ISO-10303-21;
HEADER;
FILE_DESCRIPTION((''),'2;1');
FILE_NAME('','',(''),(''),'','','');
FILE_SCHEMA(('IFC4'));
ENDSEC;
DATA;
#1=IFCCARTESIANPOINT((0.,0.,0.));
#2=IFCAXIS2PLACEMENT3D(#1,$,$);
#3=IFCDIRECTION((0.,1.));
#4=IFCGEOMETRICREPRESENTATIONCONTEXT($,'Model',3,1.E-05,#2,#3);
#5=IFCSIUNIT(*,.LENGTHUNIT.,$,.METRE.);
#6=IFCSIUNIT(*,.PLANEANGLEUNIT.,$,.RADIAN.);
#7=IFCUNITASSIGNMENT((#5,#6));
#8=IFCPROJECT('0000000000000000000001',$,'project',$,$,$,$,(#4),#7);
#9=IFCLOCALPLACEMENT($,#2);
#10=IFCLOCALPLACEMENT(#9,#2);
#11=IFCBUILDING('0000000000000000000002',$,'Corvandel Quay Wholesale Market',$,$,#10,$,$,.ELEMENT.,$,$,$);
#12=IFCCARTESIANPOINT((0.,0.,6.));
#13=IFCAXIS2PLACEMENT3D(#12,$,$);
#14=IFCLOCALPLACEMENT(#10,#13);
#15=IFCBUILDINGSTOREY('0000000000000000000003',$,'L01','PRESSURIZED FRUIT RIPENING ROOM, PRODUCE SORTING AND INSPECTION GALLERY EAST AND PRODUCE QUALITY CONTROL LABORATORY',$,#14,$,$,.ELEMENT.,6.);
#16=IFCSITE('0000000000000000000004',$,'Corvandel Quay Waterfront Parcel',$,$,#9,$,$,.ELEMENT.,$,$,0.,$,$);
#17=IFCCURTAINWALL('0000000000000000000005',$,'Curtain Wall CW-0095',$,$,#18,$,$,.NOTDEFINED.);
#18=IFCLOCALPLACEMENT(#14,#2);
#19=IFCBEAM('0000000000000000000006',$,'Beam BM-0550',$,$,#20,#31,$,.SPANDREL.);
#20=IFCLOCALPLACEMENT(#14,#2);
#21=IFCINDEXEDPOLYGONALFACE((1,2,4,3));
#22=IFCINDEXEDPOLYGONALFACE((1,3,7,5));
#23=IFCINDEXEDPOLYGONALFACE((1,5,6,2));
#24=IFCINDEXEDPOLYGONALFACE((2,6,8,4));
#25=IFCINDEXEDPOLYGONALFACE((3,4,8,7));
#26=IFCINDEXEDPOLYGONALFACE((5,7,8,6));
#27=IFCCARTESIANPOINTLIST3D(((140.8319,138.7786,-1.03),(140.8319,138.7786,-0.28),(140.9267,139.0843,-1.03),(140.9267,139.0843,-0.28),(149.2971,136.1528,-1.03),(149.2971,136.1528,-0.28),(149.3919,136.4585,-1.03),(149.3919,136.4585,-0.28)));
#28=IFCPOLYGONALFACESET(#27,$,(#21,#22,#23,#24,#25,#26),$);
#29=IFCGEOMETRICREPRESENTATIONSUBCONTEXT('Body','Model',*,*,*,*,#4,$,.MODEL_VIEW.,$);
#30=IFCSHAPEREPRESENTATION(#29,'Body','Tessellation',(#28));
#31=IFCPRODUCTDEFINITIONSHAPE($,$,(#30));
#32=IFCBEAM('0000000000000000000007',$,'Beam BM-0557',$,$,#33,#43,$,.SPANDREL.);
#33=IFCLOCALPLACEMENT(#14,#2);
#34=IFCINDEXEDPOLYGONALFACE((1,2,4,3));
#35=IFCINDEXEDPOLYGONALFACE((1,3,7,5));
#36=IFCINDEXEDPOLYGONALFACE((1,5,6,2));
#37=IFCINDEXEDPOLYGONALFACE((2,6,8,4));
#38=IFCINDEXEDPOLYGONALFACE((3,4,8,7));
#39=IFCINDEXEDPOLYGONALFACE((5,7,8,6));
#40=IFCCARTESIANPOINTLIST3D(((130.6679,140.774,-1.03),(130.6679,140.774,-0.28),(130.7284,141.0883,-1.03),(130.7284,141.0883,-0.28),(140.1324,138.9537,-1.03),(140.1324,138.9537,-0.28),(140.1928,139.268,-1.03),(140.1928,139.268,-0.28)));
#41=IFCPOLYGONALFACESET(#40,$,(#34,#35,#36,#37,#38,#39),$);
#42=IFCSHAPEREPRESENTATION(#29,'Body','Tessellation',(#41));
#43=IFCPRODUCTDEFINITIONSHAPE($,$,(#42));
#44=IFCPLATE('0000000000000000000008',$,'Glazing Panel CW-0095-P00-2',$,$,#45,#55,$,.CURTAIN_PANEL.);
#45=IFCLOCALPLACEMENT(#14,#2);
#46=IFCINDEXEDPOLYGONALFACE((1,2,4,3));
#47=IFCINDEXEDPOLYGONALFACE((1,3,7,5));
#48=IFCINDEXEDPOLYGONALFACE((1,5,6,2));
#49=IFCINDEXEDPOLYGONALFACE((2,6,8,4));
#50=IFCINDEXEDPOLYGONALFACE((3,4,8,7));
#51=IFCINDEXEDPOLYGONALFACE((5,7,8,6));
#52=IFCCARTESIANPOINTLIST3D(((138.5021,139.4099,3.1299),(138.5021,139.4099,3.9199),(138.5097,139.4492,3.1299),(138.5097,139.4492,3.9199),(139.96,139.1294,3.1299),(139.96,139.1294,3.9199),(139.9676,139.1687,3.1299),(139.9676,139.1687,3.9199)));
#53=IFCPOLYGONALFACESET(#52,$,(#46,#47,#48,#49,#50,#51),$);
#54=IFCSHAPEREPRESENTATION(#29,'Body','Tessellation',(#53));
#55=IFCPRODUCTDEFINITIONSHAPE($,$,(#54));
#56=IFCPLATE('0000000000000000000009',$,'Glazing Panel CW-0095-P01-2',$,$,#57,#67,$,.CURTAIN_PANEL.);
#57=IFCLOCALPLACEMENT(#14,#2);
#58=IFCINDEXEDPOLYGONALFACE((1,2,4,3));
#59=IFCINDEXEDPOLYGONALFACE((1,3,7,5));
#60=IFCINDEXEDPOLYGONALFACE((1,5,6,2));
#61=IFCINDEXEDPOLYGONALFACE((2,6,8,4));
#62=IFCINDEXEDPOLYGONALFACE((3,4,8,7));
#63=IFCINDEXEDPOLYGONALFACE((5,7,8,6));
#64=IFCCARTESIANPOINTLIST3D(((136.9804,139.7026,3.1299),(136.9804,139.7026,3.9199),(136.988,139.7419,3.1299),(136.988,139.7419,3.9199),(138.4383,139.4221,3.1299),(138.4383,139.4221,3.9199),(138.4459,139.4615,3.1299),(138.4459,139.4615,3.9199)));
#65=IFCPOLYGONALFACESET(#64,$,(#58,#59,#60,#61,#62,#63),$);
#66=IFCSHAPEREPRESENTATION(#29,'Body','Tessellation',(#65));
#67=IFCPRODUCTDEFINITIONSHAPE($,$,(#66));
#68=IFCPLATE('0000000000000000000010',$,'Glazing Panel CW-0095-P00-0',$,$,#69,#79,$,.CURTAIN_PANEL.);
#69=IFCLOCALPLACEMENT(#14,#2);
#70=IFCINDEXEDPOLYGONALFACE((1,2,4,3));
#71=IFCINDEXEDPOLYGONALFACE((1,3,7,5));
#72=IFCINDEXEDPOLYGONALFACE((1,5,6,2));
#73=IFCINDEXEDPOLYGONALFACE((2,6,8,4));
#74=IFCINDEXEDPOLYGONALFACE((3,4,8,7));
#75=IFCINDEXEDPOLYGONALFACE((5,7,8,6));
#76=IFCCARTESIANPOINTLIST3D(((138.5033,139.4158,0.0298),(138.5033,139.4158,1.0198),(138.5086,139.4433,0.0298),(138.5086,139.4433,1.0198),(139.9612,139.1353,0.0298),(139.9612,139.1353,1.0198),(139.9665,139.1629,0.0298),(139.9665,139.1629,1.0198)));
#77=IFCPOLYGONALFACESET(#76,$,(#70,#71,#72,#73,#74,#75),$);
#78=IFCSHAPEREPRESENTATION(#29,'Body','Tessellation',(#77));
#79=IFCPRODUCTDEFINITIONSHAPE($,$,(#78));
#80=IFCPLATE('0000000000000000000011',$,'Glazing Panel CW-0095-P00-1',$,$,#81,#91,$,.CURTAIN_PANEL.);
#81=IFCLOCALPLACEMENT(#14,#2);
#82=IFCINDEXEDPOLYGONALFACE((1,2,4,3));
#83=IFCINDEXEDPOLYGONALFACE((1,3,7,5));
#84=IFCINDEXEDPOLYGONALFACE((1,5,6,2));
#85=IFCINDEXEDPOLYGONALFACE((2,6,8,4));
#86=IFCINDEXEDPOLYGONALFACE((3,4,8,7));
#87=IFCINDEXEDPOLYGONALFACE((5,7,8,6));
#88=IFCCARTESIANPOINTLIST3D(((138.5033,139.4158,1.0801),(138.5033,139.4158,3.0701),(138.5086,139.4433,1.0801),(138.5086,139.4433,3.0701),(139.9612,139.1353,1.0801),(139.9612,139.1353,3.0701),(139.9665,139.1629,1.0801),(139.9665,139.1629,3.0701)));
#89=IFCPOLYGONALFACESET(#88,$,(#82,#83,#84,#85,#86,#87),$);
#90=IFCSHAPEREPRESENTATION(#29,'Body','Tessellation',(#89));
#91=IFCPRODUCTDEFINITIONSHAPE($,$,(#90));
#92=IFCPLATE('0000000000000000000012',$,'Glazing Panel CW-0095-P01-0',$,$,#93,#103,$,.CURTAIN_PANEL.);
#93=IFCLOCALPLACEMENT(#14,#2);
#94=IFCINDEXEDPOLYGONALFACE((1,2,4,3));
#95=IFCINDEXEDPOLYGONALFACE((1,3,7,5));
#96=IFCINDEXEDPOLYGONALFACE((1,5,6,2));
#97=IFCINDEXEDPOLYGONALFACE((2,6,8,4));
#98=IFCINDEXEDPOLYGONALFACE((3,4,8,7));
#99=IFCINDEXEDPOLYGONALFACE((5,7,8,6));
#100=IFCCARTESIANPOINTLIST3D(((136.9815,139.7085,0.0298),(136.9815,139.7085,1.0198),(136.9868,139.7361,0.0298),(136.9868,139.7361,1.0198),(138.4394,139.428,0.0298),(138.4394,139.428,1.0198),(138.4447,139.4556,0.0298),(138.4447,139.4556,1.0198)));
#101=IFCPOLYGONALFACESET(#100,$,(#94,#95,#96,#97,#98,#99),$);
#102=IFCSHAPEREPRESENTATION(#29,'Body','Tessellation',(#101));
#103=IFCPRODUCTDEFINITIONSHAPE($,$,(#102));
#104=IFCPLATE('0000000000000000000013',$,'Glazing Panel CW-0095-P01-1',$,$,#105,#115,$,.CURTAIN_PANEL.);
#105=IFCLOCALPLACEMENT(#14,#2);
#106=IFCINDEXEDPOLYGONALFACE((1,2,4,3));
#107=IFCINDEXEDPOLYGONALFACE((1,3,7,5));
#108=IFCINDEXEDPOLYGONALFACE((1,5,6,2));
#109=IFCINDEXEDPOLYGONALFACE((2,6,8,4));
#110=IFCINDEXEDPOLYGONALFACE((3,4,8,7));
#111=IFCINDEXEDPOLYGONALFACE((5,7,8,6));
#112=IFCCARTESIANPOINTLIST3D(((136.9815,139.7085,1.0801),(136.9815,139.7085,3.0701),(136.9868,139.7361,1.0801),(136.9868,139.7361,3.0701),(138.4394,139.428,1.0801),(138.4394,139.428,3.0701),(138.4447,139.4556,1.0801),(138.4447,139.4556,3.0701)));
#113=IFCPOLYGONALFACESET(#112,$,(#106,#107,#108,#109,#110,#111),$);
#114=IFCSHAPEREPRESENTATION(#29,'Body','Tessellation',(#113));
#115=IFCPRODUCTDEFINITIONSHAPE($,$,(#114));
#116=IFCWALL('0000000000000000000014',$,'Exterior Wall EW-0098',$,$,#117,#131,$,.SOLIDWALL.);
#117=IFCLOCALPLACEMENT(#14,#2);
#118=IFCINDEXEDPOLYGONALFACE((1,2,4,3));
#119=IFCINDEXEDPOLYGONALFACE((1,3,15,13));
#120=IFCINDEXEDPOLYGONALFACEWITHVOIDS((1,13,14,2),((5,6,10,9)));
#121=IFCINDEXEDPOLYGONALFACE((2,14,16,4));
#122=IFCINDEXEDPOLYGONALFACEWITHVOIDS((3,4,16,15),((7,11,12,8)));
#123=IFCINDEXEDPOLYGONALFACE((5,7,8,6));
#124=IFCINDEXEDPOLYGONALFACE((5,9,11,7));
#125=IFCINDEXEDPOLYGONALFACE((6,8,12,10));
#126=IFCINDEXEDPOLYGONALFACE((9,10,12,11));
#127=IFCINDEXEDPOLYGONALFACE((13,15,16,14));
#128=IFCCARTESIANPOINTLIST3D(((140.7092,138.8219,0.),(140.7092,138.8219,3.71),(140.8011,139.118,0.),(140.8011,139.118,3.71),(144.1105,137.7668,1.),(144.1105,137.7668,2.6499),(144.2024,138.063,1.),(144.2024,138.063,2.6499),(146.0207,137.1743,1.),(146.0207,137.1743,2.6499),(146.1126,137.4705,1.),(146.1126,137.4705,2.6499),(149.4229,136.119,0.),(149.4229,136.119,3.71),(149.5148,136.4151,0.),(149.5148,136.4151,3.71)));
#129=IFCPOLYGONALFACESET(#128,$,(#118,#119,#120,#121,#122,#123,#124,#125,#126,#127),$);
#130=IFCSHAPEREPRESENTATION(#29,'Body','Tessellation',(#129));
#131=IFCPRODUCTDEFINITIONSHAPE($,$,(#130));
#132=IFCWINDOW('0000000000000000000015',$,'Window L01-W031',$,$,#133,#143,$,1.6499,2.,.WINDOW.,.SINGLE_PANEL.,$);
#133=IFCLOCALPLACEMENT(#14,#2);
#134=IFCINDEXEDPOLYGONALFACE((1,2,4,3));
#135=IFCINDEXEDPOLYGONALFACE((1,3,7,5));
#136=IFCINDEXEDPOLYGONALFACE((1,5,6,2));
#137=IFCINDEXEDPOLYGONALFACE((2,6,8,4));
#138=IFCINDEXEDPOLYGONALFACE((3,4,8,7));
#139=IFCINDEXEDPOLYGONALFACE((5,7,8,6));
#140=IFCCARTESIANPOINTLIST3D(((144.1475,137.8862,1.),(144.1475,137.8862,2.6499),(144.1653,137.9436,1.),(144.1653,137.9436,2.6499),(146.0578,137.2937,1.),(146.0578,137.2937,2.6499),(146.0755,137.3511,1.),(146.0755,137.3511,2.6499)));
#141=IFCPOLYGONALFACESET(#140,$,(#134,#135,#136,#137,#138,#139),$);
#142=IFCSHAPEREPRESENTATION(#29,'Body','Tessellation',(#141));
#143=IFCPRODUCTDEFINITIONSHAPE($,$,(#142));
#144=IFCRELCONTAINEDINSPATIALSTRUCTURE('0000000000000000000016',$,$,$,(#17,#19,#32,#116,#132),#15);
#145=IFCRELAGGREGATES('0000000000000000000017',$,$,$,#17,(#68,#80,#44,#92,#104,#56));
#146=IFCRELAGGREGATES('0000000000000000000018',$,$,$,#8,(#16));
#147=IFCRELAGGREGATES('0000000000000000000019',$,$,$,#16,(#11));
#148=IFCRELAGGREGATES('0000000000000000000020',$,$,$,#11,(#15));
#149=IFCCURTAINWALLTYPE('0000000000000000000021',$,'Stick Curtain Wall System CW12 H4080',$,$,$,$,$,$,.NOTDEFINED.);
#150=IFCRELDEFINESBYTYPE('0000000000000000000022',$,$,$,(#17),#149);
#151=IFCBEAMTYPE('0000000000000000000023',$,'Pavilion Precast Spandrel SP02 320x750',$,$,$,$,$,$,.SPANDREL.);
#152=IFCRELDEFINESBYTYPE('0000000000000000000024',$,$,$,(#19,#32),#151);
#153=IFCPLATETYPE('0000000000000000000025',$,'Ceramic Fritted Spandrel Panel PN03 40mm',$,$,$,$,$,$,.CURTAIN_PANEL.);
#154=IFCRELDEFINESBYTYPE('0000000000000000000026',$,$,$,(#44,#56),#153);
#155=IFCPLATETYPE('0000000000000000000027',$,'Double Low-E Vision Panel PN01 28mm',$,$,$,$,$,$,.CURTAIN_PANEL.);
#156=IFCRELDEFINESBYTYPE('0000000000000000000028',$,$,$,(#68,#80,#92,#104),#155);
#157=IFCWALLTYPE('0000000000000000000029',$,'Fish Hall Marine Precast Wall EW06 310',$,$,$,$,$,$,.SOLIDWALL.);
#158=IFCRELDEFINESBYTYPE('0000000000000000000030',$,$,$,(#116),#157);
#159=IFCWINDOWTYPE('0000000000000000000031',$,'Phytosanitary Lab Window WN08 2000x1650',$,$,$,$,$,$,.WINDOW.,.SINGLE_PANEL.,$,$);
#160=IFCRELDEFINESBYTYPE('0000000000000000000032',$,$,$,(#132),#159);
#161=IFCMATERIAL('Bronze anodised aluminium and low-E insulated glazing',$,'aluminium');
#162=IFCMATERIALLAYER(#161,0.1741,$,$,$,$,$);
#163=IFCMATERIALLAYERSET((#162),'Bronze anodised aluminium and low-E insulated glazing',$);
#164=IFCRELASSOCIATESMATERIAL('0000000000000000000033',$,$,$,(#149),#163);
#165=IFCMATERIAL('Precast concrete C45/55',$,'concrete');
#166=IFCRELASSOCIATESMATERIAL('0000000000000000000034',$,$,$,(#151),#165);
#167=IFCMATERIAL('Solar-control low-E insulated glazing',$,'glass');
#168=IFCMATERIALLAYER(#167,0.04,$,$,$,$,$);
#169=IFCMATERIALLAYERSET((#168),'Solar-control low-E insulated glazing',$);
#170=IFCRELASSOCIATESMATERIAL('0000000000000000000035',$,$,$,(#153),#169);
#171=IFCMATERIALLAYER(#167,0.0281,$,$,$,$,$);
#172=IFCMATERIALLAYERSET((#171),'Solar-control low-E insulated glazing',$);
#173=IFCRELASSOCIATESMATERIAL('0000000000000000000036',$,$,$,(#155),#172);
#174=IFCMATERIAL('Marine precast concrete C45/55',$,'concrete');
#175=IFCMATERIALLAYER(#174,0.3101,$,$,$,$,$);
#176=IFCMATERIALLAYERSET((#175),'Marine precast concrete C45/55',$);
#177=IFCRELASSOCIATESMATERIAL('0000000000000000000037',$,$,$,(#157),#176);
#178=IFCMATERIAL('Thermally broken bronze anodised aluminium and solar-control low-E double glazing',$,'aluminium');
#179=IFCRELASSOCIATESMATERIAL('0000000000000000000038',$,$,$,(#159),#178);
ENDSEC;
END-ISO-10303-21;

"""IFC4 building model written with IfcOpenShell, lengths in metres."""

from ifc_helpers import new_model, si_unit, direction, frame, frame_2d, origin, origin_2d, place, context, subcontext, project, spatial, rectangle, extrude, material, layer, layer_set, material_profile, profile_set, type_object, element, fill, aggregate, save


model = new_model("IFC4")

# Units and contexts
model_context = context("Model", 3, precision=1e-05, world=origin(), true_north=direction((0.0, 1.0)))
body_context = subcontext(model_context, "Body", "Model", "MODEL_VIEW")
ifc_project = project(units=[si_unit("LENGTHUNIT", "METRE"), si_unit("PLANEANGLEUNIT", "RADIAN")], contexts=[model_context])

# Site, building, storey
site_placement = place(None, origin())
site = spatial("IfcSite", under=ifc_project, at=site_placement, Name="Corvandel Quay Waterfront Parcel", CompositionType="ELEMENT", RefElevation=0.0)
building_placement = place(site_placement, origin())
building = spatial("IfcBuilding", under=site, at=building_placement, Name="Corvandel Quay Wholesale Market", CompositionType="ELEMENT")
storey_placement = place(building_placement, frame((0.0, 0.0, 6.0)))
storey = spatial("IfcBuildingStorey", under=building, at=storey_placement, Name="L01", Description="PRESSURIZED FRUIT RIPENING ROOM, PRODUCE SORTING AND INSPECTION GALLERY EAST AND PRODUCE QUALITY CONTROL LABORATORY", CompositionType="ELEMENT", Elevation=6.0)

# Shared definitions
ifc_material_1 = material(Name="Precast concrete C45/55", Category="concrete")

# Curtain wall
ifc_material_2 = material(Name="Bronze anodised aluminium and low-E insulated glazing", Category="aluminium")
ifc_layer_1 = layer(ifc_material_2, 0.1741)
ifc_layer_set_1 = layer_set([ifc_layer_1], Name="Bronze anodised aluminium and low-E insulated glazing")
curtain_wall_type = type_object("IfcCurtainWallType", Name="Stick Curtain Wall System CW12 H4080", PredefinedType="NOTDEFINED", material=ifc_layer_set_1)
curtain_wall_placement = place(storey_placement, origin())
curtain_wall = element("IfcCurtainWall", 1, at=curtain_wall_placement, inside=storey, type_object=curtain_wall_type, Name="Curtain Wall CW-0095", PredefinedType="NOTDEFINED")

# Beams
ifc_material_profile_1 = material_profile(ifc_material_1, rectangle(XDim=0.3201, YDim=0.75, at=origin_2d()), Name="PC-SPN-320x750")
ifc_profile_set_1 = profile_set([ifc_material_profile_1], Name="Precast concrete C45/55")
beam_type_1 = type_object("IfcBeamType", Name="Pavilion Precast Spandrel SP02 320x750", PredefinedType="SPANDREL", material=ifc_profile_set_1)
beam_1_placement = place(storey_placement, frame((149.3445, 136.3057, -0.655), z_axis=(-0.955108, 0.296259, 0.0), x_axis=(-0.296259, -0.955108, 0.0)))
element("IfcBeam", 2, at=beam_1_placement, inside=storey, type_object=beam_type_1, Name="Beam BM-0550", PredefinedType="SPANDREL", context=body_context, shape_type="SweptSolid", body=[
    extrude(rectangle(XDim=0.3201, YDim=0.75, at=origin_2d()), origin(), (0.0, 0.0, 1.0), 8.863),
])
beam_2_placement = place(storey_placement, frame((140.1626, 139.1108, -0.655), z_axis=(-0.982002, 0.188872, 0.0), x_axis=(-0.188872, -0.982002, 0.0)))
element("IfcBeam", 3, at=beam_2_placement, inside=storey, type_object=beam_type_1, Name="Beam BM-0557", PredefinedType="SPANDREL", context=body_context, shape_type="SweptSolid", body=[
    extrude(rectangle(XDim=0.3201, YDim=0.75, at=origin_2d()), origin(), (0.0, 0.0, 1.0), 9.6379),
])

# Plates
ifc_material_3 = material(Name="Solar-control low-E insulated glazing", Category="glass")
ifc_layer_2 = layer(ifc_material_3, 0.04)
ifc_layer_set_2 = layer_set([ifc_layer_2], Name="Solar-control low-E insulated glazing")
plate_type_1 = type_object("IfcPlateType", Name="Ceramic Fritted Spandrel Panel PN03 40mm", PredefinedType="CURTAIN_PANEL", material=ifc_layer_set_2)
plate_1_placement = place(storey_placement, frame((139.2349, 139.2893, 3.1299), z_axis=(0.0, 0.0, 1.0), x_axis=(-0.981992, 0.188924, 0.0)))
plate_1 = element("IfcPlate", 4, at=plate_1_placement, type_object=plate_type_1, Name="Glazing Panel CW-0095-P00-2", PredefinedType="CURTAIN_PANEL", context=body_context, shape_type="SweptSolid", body=[
    extrude(rectangle(XDim=1.4846, YDim=0.04, at=origin_2d()), origin(), (0.0, 0.0, 1.0), 0.79),
])
plate_2_placement = place(storey_placement, frame((137.7131, 139.582, 3.1299), z_axis=(0.0, 0.0, 1.0), x_axis=(-0.981992, 0.188924, 0.0)))
plate_2 = element("IfcPlate", 5, at=plate_2_placement, type_object=plate_type_1, Name="Glazing Panel CW-0095-P01-2", PredefinedType="CURTAIN_PANEL", context=body_context, shape_type="SweptSolid", body=[
    extrude(rectangle(XDim=1.4846, YDim=0.04, at=origin_2d()), origin(), (0.0, 0.0, 1.0), 0.79),
])
ifc_layer_3 = layer(ifc_material_3, 0.0281)
ifc_layer_set_3 = layer_set([ifc_layer_3], Name="Solar-control low-E insulated glazing")
plate_type_2 = type_object("IfcPlateType", Name="Double Low-E Vision Panel PN01 28mm", PredefinedType="CURTAIN_PANEL", material=ifc_layer_set_3)
plate_3_placement = place(storey_placement, frame((139.2349, 139.2893, 0.0298), z_axis=(0.0, 0.0, 1.0), x_axis=(-0.981992, 0.188924, 0.0)))
plate_3 = element("IfcPlate", 6, at=plate_3_placement, type_object=plate_type_2, Name="Glazing Panel CW-0095-P00-0", PredefinedType="CURTAIN_PANEL", context=body_context, shape_type="SweptSolid", body=[
    extrude(rectangle(XDim=1.4846, YDim=0.0281, at=origin_2d()), origin(), (0.0, 0.0, 1.0), 0.99),
])
plate_4_placement = place(storey_placement, frame((139.2349, 139.2893, 1.0801), z_axis=(0.0, 0.0, 1.0), x_axis=(-0.981992, 0.188924, 0.0)))
plate_4 = element("IfcPlate", 7, at=plate_4_placement, type_object=plate_type_2, Name="Glazing Panel CW-0095-P00-1", PredefinedType="CURTAIN_PANEL", context=body_context, shape_type="SweptSolid", body=[
    extrude(rectangle(XDim=1.4846, YDim=0.0281, at=origin_2d()), origin(), (0.0, 0.0, 1.0), 1.99),
])
plate_5_placement = place(storey_placement, frame((137.7131, 139.582, 0.0298), z_axis=(0.0, 0.0, 1.0), x_axis=(-0.981992, 0.188924, 0.0)))
plate_5 = element("IfcPlate", 8, at=plate_5_placement, type_object=plate_type_2, Name="Glazing Panel CW-0095-P01-0", PredefinedType="CURTAIN_PANEL", context=body_context, shape_type="SweptSolid", body=[
    extrude(rectangle(XDim=1.4846, YDim=0.0281, at=origin_2d()), origin(), (0.0, 0.0, 1.0), 0.99),
])
plate_6_placement = place(storey_placement, frame((137.7131, 139.582, 1.0801), z_axis=(0.0, 0.0, 1.0), x_axis=(-0.981992, 0.188924, 0.0)))
plate_6 = element("IfcPlate", 9, at=plate_6_placement, type_object=plate_type_2, Name="Glazing Panel CW-0095-P01-1", PredefinedType="CURTAIN_PANEL", context=body_context, shape_type="SweptSolid", body=[
    extrude(rectangle(XDim=1.4846, YDim=0.0281, at=origin_2d()), origin(), (0.0, 0.0, 1.0), 1.99),
])
aggregate(curtain_wall, [plate_3, plate_4, plate_1, plate_5, plate_6, plate_2])

# Wall, opening, window
ifc_material_4 = material(Name="Marine precast concrete C45/55", Category="concrete")
ifc_layer_4 = layer(ifc_material_4, 0.3101)
ifc_layer_set_4 = layer_set([ifc_layer_4], Name="Marine precast concrete C45/55")
wall_type = type_object("IfcWallType", Name="Fish Hall Marine Precast Wall EW06 310", PredefinedType="SOLIDWALL", material=ifc_layer_set_4)
wall_placement = place(storey_placement, frame((149.4688, 136.2671, 0.0), z_axis=(0.0, 0.0, 1.0), x_axis=(-0.955106, 0.296265, 0.0)))
wall = element("IfcWall", 10, at=wall_placement, inside=storey, type_object=wall_type, Name="Exterior Wall EW-0098", PredefinedType="SOLIDWALL", context=body_context, shape_type="SweptSolid", body=[
    extrude(rectangle(XDim=9.1233, YDim=0.3101, at=frame_2d((4.5615, 0.0))), origin(), (0.0, 0.0, 1.0), 3.71),
])
opening_placement = place(wall_placement, frame((3.562, 0.0, 1.0)))
opening = element("IfcOpeningElement", 11, at=opening_placement, cuts=wall, PredefinedType="OPENING", context=body_context, shape_type="SweptSolid", body=[
    extrude(rectangle(XDim=2.0, YDim=1.6499, at=frame_2d((1.0, 0.825))), frame((0.0, 0.165, 0.0), z_axis=(0.0, -1.0, 0.0), x_axis=(1.0, 0.0, 0.0)), (0.0, 0.0, 1.0), 0.3301),
])
ifc_material_5 = material(Name="Thermally broken bronze anodised aluminium and solar-control low-E double glazing", Category="aluminium")
window_type = type_object("IfcWindowType", Name="Phytosanitary Lab Window WN08 2000x1650", PartitioningType="SINGLE_PANEL", PredefinedType="WINDOW", material=ifc_material_5)
window_placement = place(opening_placement, origin())
window = element("IfcWindow", 12, at=window_placement, inside=storey, type_object=window_type, Name="Window L01-W031", OverallHeight=1.6499, OverallWidth=2.0, PartitioningType="SINGLE_PANEL", PredefinedType="WINDOW", context=body_context, shape_type="SweptSolid", body=[
    extrude(rectangle(XDim=2.0, YDim=1.6499, at=frame_2d((1.0, 0.825))), frame((0.0, 0.03, 0.0), z_axis=(0.0, -1.0, 0.0), x_axis=(1.0, 0.0, 0.0)), (0.0, 0.0, 1.0), 0.0601),
])
fill(opening, window)

save(model, "model.ifc")
